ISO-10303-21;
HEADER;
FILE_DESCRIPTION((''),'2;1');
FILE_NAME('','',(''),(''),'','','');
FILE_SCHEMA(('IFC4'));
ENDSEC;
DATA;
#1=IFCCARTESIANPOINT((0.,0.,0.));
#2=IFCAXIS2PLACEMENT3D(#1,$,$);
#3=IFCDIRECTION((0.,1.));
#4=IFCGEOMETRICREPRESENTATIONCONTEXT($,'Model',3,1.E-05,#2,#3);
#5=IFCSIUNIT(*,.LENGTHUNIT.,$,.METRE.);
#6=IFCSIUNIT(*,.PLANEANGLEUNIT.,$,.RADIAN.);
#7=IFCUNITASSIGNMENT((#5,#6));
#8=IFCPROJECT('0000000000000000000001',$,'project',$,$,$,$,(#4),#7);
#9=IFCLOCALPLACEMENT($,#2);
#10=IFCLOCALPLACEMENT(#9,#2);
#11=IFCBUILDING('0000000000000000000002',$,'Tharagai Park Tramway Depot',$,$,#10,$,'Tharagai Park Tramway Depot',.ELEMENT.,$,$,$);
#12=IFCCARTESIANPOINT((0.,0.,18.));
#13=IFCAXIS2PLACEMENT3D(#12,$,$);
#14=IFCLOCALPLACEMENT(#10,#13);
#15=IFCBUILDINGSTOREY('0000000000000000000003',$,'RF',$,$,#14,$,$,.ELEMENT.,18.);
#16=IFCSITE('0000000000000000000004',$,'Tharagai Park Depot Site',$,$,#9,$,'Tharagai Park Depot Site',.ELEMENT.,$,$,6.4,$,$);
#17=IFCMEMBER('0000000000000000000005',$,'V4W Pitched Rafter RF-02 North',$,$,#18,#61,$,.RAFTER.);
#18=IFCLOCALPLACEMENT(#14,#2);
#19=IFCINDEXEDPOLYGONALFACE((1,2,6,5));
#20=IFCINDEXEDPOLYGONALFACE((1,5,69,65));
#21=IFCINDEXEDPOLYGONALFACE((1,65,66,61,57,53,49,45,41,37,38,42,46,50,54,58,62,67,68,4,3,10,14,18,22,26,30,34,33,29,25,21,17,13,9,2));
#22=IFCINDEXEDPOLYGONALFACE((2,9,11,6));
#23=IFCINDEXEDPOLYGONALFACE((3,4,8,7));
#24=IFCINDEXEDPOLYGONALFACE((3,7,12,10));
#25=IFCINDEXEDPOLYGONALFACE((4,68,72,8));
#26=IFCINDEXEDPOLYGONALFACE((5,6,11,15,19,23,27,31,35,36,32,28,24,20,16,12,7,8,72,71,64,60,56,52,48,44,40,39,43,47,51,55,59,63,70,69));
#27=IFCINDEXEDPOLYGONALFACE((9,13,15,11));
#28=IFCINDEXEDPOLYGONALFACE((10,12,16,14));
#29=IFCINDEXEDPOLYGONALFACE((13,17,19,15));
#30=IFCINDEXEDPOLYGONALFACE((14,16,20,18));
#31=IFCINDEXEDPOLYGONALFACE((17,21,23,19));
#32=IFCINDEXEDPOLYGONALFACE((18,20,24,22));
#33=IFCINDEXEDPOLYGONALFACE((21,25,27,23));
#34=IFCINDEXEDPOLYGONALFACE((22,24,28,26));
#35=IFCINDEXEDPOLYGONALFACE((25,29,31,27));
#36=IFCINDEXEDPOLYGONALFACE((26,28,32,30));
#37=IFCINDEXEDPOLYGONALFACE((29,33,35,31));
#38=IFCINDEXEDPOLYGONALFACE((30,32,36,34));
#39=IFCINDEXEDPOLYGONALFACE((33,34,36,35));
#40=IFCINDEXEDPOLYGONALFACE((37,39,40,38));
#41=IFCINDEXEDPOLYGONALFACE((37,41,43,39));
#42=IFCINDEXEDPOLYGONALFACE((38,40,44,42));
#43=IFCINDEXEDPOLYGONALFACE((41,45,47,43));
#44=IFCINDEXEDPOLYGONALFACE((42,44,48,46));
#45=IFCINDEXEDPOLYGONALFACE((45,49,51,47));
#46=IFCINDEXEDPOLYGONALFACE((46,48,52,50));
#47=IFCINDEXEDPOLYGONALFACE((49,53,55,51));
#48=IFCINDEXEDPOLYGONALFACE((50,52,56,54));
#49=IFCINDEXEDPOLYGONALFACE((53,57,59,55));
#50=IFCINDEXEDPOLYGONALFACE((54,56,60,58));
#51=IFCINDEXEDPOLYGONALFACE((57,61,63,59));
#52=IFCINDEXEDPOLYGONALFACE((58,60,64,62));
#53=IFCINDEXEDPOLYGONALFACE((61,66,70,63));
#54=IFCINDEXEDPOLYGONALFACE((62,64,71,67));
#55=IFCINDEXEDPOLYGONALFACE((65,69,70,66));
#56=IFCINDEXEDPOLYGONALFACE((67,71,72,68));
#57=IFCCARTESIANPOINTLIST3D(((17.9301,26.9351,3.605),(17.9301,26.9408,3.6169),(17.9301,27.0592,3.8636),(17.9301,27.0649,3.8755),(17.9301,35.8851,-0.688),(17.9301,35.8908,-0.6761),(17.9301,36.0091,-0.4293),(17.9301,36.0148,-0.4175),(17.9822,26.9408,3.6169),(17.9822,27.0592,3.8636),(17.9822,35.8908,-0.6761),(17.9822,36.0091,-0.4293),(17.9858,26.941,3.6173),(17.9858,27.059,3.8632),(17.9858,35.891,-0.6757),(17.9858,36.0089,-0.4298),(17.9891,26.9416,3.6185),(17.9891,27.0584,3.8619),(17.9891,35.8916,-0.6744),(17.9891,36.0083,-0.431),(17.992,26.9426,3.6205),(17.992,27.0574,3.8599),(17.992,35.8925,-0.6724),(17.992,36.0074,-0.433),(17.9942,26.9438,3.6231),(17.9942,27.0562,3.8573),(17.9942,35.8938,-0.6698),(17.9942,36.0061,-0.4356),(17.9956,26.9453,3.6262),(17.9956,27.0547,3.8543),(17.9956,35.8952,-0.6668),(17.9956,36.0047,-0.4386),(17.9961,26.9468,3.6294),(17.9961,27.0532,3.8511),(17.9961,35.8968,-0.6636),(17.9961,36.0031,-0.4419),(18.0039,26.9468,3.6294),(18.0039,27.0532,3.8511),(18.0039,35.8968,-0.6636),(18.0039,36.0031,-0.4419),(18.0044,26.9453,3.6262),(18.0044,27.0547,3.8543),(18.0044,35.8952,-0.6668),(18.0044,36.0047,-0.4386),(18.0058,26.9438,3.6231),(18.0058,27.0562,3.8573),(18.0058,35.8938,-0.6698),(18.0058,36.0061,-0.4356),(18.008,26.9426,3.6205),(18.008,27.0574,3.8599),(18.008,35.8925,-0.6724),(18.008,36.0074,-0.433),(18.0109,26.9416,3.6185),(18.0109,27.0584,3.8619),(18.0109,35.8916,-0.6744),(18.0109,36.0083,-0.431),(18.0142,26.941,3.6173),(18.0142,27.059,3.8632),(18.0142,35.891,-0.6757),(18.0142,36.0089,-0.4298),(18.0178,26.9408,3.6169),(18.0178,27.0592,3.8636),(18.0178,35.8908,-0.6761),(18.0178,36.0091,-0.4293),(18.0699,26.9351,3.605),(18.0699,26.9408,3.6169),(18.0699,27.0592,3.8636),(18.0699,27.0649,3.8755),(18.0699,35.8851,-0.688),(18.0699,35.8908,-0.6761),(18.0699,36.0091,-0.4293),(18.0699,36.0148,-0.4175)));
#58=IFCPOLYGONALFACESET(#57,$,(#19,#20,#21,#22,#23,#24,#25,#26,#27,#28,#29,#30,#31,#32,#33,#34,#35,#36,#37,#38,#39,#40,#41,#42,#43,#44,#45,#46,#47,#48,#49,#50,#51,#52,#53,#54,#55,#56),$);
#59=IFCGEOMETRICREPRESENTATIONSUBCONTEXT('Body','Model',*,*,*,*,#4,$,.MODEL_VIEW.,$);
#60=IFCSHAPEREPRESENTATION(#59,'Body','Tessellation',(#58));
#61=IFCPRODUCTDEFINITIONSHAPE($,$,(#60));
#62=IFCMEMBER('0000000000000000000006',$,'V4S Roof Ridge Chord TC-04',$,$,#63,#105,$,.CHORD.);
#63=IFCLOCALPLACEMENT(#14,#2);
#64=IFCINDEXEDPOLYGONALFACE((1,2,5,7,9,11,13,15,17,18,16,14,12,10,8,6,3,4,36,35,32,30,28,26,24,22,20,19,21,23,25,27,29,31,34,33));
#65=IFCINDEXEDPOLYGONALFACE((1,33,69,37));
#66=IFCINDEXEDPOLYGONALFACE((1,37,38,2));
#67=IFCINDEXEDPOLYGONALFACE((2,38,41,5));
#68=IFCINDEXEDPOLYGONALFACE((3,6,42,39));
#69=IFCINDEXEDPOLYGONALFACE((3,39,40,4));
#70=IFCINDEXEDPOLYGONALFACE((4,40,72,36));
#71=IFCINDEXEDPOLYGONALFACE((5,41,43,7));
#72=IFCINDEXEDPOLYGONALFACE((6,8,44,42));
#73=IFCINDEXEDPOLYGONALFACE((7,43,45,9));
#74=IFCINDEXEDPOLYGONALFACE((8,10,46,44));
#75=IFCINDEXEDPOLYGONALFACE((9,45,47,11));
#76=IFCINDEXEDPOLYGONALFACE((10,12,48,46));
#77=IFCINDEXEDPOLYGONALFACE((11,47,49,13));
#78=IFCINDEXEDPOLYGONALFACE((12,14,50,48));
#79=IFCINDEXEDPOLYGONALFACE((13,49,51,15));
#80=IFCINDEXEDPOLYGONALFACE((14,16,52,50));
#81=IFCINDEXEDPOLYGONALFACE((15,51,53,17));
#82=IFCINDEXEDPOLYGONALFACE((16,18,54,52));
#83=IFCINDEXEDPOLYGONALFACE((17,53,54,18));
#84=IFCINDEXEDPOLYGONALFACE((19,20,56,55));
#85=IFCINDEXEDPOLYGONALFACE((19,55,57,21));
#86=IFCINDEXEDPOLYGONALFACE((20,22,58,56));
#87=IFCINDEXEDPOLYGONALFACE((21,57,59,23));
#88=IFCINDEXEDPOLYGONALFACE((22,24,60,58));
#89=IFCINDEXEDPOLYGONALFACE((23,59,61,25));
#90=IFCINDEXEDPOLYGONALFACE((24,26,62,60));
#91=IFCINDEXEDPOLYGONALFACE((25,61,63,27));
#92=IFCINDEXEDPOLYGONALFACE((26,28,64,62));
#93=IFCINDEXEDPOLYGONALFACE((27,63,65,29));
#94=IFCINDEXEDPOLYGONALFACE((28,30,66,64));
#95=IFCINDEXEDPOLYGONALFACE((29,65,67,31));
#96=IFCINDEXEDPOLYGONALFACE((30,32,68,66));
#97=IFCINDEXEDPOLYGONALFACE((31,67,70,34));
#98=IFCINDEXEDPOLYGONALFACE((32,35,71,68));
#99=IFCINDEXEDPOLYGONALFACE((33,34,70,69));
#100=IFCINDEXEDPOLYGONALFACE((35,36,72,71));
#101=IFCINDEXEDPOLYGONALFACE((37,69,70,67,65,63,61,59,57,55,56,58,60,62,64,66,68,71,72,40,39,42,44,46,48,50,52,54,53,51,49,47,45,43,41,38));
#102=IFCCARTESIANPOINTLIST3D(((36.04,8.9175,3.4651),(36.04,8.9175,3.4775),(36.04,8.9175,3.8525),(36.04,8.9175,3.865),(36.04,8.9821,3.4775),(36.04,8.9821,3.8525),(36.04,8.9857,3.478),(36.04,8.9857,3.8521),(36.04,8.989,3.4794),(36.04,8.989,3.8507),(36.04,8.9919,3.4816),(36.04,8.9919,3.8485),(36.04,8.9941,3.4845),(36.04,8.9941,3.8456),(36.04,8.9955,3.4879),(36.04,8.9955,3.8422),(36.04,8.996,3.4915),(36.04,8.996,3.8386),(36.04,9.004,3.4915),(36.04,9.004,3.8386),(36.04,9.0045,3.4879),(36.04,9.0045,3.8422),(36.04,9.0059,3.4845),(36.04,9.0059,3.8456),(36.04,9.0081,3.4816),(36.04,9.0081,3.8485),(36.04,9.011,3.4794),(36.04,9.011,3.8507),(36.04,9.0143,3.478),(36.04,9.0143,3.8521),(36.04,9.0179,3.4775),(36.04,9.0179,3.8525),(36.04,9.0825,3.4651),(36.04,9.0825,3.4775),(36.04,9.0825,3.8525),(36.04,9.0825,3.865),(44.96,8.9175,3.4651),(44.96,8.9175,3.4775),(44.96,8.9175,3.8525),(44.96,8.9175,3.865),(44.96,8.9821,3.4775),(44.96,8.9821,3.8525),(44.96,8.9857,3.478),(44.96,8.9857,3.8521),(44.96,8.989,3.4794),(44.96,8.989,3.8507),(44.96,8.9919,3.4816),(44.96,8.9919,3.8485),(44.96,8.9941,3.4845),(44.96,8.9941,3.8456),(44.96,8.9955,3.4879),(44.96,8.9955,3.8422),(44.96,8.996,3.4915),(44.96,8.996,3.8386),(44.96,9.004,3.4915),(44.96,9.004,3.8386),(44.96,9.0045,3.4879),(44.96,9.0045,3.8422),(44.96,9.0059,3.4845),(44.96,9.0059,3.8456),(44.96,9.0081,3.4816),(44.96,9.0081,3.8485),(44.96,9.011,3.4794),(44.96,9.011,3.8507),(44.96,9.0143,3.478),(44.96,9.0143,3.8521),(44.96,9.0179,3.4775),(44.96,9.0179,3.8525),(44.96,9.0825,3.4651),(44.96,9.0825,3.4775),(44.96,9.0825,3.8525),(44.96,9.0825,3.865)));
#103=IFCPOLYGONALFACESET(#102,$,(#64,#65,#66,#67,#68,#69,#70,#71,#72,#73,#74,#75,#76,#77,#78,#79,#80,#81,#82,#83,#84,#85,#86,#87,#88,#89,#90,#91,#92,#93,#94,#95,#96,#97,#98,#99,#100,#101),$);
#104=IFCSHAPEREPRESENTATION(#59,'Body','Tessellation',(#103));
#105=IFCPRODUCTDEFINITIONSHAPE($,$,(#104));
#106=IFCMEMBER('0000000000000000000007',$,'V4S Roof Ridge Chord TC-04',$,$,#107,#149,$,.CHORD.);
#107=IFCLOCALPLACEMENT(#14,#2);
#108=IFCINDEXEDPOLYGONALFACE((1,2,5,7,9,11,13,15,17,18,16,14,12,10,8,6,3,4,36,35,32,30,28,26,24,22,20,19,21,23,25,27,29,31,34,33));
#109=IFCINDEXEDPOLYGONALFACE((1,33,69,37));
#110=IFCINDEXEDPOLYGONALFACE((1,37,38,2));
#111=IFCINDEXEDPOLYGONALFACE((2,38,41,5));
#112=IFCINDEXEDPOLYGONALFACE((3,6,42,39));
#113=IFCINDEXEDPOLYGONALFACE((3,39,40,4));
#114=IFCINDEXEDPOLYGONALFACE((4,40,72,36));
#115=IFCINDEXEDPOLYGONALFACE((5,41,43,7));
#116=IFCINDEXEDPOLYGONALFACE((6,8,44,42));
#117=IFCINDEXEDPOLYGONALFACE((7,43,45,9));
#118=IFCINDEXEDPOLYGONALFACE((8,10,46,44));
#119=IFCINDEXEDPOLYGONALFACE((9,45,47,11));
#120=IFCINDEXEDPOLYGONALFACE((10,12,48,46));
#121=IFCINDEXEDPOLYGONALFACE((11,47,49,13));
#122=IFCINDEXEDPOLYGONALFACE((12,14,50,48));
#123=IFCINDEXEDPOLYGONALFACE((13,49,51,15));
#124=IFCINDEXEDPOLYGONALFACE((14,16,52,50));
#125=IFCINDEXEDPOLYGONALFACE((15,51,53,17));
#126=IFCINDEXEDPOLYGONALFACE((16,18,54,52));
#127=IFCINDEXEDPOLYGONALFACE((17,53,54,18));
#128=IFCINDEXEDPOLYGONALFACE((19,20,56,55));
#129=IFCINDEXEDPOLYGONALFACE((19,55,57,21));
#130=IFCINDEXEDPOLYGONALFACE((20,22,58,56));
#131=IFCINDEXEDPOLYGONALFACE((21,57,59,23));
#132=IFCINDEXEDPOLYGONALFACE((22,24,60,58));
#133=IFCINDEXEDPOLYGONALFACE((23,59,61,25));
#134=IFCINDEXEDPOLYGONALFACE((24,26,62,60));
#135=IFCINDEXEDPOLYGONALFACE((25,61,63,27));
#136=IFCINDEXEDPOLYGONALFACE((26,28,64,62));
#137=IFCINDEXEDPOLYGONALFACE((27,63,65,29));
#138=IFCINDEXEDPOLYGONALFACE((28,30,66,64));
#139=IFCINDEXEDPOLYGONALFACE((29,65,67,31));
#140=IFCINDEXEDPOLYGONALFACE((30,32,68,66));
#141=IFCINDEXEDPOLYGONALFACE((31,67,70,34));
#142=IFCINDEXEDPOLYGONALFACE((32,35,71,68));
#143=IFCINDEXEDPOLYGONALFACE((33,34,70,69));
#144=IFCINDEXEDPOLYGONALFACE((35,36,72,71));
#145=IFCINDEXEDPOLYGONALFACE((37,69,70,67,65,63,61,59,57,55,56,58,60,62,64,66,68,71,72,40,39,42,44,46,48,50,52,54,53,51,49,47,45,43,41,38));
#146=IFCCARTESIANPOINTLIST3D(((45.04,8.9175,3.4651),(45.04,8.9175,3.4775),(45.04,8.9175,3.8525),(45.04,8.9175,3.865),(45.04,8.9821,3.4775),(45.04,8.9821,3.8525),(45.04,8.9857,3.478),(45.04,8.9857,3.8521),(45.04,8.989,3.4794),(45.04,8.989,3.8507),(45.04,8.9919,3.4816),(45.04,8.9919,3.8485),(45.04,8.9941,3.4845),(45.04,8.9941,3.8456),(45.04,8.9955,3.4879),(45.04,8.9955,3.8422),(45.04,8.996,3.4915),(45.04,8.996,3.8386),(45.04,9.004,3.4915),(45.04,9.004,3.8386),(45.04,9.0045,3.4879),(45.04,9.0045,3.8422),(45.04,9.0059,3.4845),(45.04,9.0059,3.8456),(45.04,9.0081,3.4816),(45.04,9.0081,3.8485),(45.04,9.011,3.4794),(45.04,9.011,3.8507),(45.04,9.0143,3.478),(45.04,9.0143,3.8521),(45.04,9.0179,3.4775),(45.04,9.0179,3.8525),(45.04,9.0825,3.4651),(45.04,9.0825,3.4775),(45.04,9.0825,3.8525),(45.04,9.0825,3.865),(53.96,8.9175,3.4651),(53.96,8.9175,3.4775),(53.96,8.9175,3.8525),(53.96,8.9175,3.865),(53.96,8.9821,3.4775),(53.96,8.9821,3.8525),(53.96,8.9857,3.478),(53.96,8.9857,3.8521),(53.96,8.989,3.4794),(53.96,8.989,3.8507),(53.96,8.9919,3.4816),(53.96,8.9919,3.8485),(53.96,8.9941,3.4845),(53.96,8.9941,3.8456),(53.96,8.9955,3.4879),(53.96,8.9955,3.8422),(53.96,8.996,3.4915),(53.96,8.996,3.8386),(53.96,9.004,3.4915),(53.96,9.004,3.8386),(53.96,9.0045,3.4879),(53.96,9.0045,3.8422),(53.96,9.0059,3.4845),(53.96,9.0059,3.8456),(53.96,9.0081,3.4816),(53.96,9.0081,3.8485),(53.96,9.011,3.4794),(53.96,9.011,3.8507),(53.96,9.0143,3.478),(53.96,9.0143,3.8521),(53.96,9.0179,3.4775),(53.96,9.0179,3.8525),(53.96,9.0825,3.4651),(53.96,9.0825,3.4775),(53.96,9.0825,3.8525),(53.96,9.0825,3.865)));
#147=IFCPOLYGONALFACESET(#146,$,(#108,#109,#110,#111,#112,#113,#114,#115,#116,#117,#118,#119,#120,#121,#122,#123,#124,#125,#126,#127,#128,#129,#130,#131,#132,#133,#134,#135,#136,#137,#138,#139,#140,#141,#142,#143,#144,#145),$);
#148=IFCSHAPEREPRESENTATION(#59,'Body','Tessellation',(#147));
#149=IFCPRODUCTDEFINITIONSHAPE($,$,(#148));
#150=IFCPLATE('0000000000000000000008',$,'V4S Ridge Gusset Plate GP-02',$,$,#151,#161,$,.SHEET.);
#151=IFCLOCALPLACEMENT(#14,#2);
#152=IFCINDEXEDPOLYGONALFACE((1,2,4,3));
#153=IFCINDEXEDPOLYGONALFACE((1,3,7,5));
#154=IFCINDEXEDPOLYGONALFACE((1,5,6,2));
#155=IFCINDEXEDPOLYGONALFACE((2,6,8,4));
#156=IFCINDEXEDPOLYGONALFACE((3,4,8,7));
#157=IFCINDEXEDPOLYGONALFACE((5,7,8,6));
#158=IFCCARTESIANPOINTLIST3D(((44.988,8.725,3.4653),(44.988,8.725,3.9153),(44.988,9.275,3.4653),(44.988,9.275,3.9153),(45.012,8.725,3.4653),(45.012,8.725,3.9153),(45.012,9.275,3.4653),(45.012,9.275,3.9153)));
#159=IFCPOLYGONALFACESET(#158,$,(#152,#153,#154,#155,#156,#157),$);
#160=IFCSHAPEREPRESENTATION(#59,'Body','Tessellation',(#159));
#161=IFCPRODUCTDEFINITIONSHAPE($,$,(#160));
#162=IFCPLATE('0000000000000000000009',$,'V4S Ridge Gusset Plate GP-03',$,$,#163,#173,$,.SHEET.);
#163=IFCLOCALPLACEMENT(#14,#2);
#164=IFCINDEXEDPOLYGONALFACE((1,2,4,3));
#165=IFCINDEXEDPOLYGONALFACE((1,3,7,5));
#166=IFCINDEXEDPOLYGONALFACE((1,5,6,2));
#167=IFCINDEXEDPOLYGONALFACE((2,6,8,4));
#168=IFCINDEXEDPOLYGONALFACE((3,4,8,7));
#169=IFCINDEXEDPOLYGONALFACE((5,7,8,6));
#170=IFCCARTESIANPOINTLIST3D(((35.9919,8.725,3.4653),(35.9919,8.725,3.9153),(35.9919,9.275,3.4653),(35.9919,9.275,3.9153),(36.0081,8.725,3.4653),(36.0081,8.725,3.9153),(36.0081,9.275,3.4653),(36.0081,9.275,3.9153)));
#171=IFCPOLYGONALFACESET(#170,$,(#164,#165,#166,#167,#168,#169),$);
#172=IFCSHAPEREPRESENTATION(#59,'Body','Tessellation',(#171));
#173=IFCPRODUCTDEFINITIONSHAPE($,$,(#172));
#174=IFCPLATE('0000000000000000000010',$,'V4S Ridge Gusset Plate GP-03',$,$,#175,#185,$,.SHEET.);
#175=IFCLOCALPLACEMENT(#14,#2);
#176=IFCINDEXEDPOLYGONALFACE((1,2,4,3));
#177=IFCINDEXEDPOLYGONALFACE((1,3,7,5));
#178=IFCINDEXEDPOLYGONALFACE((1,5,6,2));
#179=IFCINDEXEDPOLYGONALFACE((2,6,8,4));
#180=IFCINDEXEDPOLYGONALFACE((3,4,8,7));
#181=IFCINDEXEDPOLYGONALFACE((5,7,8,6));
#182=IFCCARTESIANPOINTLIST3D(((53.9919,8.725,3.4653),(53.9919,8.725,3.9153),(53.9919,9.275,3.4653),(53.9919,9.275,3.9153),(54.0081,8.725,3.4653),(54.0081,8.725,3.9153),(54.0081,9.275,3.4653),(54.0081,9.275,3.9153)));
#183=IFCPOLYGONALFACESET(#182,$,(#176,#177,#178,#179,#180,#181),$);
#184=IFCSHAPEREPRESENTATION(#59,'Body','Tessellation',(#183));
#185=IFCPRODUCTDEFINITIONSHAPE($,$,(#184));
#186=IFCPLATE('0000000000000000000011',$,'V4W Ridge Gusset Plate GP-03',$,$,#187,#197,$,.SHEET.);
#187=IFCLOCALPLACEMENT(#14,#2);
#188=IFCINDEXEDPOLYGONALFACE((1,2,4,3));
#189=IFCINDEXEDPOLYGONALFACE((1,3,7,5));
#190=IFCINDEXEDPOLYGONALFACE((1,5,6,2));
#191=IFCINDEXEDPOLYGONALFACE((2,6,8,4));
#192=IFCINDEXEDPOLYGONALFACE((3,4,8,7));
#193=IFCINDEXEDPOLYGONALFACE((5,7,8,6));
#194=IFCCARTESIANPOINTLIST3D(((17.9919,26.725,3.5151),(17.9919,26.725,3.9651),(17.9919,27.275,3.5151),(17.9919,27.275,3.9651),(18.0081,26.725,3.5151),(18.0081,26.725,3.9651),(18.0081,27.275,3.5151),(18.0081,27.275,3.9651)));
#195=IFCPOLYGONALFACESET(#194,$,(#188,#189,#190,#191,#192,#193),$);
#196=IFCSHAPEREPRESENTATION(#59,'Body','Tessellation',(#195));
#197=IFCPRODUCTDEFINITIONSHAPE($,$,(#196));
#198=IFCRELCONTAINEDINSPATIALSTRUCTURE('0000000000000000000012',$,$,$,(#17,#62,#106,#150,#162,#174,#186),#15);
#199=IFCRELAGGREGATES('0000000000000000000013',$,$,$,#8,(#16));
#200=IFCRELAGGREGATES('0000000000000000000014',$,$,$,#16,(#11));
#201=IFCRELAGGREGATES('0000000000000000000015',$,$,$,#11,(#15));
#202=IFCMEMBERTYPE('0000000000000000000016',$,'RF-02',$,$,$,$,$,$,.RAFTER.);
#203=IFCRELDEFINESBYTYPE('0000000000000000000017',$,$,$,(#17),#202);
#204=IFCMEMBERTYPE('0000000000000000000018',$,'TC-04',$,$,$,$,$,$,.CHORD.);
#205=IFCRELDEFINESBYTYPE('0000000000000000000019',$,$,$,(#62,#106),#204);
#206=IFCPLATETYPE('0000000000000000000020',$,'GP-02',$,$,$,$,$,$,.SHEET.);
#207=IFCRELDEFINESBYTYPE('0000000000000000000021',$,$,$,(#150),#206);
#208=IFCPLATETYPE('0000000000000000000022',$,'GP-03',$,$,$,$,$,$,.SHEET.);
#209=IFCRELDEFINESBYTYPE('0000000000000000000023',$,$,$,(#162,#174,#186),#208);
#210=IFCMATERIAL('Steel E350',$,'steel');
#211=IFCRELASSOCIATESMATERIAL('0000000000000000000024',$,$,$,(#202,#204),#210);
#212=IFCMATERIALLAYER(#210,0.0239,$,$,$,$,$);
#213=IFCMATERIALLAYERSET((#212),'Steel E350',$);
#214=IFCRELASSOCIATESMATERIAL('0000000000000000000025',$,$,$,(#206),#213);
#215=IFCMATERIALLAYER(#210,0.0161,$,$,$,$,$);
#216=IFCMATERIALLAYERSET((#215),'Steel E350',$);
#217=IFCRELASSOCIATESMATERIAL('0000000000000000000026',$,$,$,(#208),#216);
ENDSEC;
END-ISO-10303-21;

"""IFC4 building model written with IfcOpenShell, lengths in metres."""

from ifc_helpers import new_model, si_unit, direction, frame, origin, origin_2d, place, context, subcontext, project, spatial, rectangle, i_section, extrude, material, layer, layer_set, material_profile, profile_set, type_object, element, save


model = new_model("IFC4")

# Units and contexts
model_context = context("Model", 3, precision=1e-05, world=origin(), true_north=direction((0.0, 1.0)))
body_context = subcontext(model_context, "Body", "Model", "MODEL_VIEW")
ifc_project = project(units=[si_unit("LENGTHUNIT", "METRE"), si_unit("PLANEANGLEUNIT", "RADIAN")], contexts=[model_context])

# Site, building, storey
site_placement = place(None, origin())
site = spatial("IfcSite", under=ifc_project, at=site_placement, Name="Tharagai Park Depot Site", LongName="Tharagai Park Depot Site", CompositionType="ELEMENT", RefElevation=6.4)
building_placement = place(site_placement, origin())
building = spatial("IfcBuilding", under=site, at=building_placement, Name="Tharagai Park Tramway Depot", LongName="Tharagai Park Tramway Depot", CompositionType="ELEMENT")
storey_placement = place(building_placement, frame((0.0, 0.0, 18.0)))
storey = spatial("IfcBuildingStorey", under=building, at=storey_placement, Name="RF", CompositionType="ELEMENT", Elevation=18.0)

# Shared definitions
ifc_material_1 = material(Name="Steel E350", Category="steel")

# Members
ifc_material_profile_1 = material_profile(ifc_material_1, i_section(OverallWidth=0.1399, OverallDepth=0.3, WebThickness=0.0078, FlangeThickness=0.0132, FilletRadius=0.0139, at=origin_2d()), Name="ISMB 300")
ifc_profile_set_1 = profile_set([ifc_material_profile_1], Name="Steel E350")
member_type_1 = type_object("IfcMemberType", Name="RF-02", PredefinedType="RAFTER", material=ifc_profile_set_1)
for number, where, z_axis, x_axis, name in (
    (1, (18.0, 27.0, 3.7402), (0.0, 0.901641, -0.432485), (-1.0, 0.0, 0.0), "V4W Pitched Rafter RF-02 North"),
):
    element("IfcMember", number, at=place(storey_placement, frame(where, z_axis=z_axis, x_axis=x_axis)), inside=storey, type_object=member_type_1, Name=name, PredefinedType="RAFTER", context=body_context, shape_type="SweptSolid", body=[
        extrude(i_section(OverallWidth=0.1399, OverallDepth=0.3, WebThickness=0.0078, FlangeThickness=0.0132, FilletRadius=0.0139, at=origin_2d()), origin(), (0.0, 0.0, 1.0), 9.9263),
    ])
ifc_material_profile_2 = material_profile(ifc_material_1, i_section(OverallWidth=0.165, OverallDepth=0.3999, WebThickness=0.0081, FlangeThickness=0.0125, FilletRadius=0.0139, at=origin_2d()), Name="ISLB 400")
ifc_profile_set_2 = profile_set([ifc_material_profile_2], Name="Steel E350")
member_type_2 = type_object("IfcMemberType", Name="TC-04", PredefinedType="CHORD", material=ifc_profile_set_2)
for number, where, z_axis, x_axis, name in (
    (2, (36.04, 9.0, 3.665), (1.0, 0.0, 0.0), (0.0, 1.0, 0.0), "V4S Roof Ridge Chord TC-04"),
    (3, (45.04, 9.0, 3.665), (1.0, 0.0, 0.0), (0.0, 1.0, 0.0), "V4S Roof Ridge Chord TC-04"),
):
    element("IfcMember", number, at=place(storey_placement, frame(where, z_axis=z_axis, x_axis=x_axis)), inside=storey, type_object=member_type_2, Name=name, PredefinedType="CHORD", context=body_context, shape_type="SweptSolid", body=[
        extrude(i_section(OverallWidth=0.165, OverallDepth=0.3999, WebThickness=0.0081, FlangeThickness=0.0125, FilletRadius=0.0139, at=origin_2d()), origin(), (0.0, 0.0, 1.0), 8.9199),
    ])

# Plates
ifc_layer_1 = layer(ifc_material_1, 0.0239)
ifc_layer_set_1 = layer_set([ifc_layer_1], Name="Steel E350")
plate_type_1 = type_object("IfcPlateType", Name="GP-02", PredefinedType="SHEET", material=ifc_layer_set_1)
plate_placement = place(storey_placement, frame((45.0, 9.0, 3.4653), z_axis=(0.0, 0.0, 1.0), x_axis=(1.0, 0.0, 0.0)))
element("IfcPlate", 4, at=plate_placement, inside=storey, type_object=plate_type_1, Name="V4S Ridge Gusset Plate GP-02", PredefinedType="SHEET", context=body_context, shape_type="SweptSolid", body=[
    extrude(rectangle(XDim=0.0239, YDim=0.55, at=origin_2d()), origin(), (0.0, 0.0, 1.0), 0.45),
])
ifc_layer_2 = layer(ifc_material_1, 0.0161)
ifc_layer_set_2 = layer_set([ifc_layer_2], Name="Steel E350")
plate_type_2 = type_object("IfcPlateType", Name="GP-03", PredefinedType="SHEET", material=ifc_layer_set_2)
for number, where, z_axis, x_axis, name in (
    (5, (36.0, 9.0, 3.4653), (0.0, 0.0, 1.0), (1.0, 0.0, 0.0), "V4S Ridge Gusset Plate GP-03"),
    (6, (54.0, 9.0, 3.4653), (0.0, 0.0, 1.0), (1.0, 0.0, 0.0), "V4S Ridge Gusset Plate GP-03"),
    (7, (18.0, 27.0, 3.5151), (0.0, 0.0, 1.0), (1.0, 0.0, 0.0), "V4W Ridge Gusset Plate GP-03"),
):
    element("IfcPlate", number, at=place(storey_placement, frame(where, z_axis=z_axis, x_axis=x_axis)), inside=storey, type_object=plate_type_2, Name=name, PredefinedType="SHEET", context=body_context, shape_type="SweptSolid", body=[
        extrude(rectangle(XDim=0.0161, YDim=0.55, at=origin_2d()), origin(), (0.0, 0.0, 1.0), 0.45),
    ])

save(model, "model.ifc")
